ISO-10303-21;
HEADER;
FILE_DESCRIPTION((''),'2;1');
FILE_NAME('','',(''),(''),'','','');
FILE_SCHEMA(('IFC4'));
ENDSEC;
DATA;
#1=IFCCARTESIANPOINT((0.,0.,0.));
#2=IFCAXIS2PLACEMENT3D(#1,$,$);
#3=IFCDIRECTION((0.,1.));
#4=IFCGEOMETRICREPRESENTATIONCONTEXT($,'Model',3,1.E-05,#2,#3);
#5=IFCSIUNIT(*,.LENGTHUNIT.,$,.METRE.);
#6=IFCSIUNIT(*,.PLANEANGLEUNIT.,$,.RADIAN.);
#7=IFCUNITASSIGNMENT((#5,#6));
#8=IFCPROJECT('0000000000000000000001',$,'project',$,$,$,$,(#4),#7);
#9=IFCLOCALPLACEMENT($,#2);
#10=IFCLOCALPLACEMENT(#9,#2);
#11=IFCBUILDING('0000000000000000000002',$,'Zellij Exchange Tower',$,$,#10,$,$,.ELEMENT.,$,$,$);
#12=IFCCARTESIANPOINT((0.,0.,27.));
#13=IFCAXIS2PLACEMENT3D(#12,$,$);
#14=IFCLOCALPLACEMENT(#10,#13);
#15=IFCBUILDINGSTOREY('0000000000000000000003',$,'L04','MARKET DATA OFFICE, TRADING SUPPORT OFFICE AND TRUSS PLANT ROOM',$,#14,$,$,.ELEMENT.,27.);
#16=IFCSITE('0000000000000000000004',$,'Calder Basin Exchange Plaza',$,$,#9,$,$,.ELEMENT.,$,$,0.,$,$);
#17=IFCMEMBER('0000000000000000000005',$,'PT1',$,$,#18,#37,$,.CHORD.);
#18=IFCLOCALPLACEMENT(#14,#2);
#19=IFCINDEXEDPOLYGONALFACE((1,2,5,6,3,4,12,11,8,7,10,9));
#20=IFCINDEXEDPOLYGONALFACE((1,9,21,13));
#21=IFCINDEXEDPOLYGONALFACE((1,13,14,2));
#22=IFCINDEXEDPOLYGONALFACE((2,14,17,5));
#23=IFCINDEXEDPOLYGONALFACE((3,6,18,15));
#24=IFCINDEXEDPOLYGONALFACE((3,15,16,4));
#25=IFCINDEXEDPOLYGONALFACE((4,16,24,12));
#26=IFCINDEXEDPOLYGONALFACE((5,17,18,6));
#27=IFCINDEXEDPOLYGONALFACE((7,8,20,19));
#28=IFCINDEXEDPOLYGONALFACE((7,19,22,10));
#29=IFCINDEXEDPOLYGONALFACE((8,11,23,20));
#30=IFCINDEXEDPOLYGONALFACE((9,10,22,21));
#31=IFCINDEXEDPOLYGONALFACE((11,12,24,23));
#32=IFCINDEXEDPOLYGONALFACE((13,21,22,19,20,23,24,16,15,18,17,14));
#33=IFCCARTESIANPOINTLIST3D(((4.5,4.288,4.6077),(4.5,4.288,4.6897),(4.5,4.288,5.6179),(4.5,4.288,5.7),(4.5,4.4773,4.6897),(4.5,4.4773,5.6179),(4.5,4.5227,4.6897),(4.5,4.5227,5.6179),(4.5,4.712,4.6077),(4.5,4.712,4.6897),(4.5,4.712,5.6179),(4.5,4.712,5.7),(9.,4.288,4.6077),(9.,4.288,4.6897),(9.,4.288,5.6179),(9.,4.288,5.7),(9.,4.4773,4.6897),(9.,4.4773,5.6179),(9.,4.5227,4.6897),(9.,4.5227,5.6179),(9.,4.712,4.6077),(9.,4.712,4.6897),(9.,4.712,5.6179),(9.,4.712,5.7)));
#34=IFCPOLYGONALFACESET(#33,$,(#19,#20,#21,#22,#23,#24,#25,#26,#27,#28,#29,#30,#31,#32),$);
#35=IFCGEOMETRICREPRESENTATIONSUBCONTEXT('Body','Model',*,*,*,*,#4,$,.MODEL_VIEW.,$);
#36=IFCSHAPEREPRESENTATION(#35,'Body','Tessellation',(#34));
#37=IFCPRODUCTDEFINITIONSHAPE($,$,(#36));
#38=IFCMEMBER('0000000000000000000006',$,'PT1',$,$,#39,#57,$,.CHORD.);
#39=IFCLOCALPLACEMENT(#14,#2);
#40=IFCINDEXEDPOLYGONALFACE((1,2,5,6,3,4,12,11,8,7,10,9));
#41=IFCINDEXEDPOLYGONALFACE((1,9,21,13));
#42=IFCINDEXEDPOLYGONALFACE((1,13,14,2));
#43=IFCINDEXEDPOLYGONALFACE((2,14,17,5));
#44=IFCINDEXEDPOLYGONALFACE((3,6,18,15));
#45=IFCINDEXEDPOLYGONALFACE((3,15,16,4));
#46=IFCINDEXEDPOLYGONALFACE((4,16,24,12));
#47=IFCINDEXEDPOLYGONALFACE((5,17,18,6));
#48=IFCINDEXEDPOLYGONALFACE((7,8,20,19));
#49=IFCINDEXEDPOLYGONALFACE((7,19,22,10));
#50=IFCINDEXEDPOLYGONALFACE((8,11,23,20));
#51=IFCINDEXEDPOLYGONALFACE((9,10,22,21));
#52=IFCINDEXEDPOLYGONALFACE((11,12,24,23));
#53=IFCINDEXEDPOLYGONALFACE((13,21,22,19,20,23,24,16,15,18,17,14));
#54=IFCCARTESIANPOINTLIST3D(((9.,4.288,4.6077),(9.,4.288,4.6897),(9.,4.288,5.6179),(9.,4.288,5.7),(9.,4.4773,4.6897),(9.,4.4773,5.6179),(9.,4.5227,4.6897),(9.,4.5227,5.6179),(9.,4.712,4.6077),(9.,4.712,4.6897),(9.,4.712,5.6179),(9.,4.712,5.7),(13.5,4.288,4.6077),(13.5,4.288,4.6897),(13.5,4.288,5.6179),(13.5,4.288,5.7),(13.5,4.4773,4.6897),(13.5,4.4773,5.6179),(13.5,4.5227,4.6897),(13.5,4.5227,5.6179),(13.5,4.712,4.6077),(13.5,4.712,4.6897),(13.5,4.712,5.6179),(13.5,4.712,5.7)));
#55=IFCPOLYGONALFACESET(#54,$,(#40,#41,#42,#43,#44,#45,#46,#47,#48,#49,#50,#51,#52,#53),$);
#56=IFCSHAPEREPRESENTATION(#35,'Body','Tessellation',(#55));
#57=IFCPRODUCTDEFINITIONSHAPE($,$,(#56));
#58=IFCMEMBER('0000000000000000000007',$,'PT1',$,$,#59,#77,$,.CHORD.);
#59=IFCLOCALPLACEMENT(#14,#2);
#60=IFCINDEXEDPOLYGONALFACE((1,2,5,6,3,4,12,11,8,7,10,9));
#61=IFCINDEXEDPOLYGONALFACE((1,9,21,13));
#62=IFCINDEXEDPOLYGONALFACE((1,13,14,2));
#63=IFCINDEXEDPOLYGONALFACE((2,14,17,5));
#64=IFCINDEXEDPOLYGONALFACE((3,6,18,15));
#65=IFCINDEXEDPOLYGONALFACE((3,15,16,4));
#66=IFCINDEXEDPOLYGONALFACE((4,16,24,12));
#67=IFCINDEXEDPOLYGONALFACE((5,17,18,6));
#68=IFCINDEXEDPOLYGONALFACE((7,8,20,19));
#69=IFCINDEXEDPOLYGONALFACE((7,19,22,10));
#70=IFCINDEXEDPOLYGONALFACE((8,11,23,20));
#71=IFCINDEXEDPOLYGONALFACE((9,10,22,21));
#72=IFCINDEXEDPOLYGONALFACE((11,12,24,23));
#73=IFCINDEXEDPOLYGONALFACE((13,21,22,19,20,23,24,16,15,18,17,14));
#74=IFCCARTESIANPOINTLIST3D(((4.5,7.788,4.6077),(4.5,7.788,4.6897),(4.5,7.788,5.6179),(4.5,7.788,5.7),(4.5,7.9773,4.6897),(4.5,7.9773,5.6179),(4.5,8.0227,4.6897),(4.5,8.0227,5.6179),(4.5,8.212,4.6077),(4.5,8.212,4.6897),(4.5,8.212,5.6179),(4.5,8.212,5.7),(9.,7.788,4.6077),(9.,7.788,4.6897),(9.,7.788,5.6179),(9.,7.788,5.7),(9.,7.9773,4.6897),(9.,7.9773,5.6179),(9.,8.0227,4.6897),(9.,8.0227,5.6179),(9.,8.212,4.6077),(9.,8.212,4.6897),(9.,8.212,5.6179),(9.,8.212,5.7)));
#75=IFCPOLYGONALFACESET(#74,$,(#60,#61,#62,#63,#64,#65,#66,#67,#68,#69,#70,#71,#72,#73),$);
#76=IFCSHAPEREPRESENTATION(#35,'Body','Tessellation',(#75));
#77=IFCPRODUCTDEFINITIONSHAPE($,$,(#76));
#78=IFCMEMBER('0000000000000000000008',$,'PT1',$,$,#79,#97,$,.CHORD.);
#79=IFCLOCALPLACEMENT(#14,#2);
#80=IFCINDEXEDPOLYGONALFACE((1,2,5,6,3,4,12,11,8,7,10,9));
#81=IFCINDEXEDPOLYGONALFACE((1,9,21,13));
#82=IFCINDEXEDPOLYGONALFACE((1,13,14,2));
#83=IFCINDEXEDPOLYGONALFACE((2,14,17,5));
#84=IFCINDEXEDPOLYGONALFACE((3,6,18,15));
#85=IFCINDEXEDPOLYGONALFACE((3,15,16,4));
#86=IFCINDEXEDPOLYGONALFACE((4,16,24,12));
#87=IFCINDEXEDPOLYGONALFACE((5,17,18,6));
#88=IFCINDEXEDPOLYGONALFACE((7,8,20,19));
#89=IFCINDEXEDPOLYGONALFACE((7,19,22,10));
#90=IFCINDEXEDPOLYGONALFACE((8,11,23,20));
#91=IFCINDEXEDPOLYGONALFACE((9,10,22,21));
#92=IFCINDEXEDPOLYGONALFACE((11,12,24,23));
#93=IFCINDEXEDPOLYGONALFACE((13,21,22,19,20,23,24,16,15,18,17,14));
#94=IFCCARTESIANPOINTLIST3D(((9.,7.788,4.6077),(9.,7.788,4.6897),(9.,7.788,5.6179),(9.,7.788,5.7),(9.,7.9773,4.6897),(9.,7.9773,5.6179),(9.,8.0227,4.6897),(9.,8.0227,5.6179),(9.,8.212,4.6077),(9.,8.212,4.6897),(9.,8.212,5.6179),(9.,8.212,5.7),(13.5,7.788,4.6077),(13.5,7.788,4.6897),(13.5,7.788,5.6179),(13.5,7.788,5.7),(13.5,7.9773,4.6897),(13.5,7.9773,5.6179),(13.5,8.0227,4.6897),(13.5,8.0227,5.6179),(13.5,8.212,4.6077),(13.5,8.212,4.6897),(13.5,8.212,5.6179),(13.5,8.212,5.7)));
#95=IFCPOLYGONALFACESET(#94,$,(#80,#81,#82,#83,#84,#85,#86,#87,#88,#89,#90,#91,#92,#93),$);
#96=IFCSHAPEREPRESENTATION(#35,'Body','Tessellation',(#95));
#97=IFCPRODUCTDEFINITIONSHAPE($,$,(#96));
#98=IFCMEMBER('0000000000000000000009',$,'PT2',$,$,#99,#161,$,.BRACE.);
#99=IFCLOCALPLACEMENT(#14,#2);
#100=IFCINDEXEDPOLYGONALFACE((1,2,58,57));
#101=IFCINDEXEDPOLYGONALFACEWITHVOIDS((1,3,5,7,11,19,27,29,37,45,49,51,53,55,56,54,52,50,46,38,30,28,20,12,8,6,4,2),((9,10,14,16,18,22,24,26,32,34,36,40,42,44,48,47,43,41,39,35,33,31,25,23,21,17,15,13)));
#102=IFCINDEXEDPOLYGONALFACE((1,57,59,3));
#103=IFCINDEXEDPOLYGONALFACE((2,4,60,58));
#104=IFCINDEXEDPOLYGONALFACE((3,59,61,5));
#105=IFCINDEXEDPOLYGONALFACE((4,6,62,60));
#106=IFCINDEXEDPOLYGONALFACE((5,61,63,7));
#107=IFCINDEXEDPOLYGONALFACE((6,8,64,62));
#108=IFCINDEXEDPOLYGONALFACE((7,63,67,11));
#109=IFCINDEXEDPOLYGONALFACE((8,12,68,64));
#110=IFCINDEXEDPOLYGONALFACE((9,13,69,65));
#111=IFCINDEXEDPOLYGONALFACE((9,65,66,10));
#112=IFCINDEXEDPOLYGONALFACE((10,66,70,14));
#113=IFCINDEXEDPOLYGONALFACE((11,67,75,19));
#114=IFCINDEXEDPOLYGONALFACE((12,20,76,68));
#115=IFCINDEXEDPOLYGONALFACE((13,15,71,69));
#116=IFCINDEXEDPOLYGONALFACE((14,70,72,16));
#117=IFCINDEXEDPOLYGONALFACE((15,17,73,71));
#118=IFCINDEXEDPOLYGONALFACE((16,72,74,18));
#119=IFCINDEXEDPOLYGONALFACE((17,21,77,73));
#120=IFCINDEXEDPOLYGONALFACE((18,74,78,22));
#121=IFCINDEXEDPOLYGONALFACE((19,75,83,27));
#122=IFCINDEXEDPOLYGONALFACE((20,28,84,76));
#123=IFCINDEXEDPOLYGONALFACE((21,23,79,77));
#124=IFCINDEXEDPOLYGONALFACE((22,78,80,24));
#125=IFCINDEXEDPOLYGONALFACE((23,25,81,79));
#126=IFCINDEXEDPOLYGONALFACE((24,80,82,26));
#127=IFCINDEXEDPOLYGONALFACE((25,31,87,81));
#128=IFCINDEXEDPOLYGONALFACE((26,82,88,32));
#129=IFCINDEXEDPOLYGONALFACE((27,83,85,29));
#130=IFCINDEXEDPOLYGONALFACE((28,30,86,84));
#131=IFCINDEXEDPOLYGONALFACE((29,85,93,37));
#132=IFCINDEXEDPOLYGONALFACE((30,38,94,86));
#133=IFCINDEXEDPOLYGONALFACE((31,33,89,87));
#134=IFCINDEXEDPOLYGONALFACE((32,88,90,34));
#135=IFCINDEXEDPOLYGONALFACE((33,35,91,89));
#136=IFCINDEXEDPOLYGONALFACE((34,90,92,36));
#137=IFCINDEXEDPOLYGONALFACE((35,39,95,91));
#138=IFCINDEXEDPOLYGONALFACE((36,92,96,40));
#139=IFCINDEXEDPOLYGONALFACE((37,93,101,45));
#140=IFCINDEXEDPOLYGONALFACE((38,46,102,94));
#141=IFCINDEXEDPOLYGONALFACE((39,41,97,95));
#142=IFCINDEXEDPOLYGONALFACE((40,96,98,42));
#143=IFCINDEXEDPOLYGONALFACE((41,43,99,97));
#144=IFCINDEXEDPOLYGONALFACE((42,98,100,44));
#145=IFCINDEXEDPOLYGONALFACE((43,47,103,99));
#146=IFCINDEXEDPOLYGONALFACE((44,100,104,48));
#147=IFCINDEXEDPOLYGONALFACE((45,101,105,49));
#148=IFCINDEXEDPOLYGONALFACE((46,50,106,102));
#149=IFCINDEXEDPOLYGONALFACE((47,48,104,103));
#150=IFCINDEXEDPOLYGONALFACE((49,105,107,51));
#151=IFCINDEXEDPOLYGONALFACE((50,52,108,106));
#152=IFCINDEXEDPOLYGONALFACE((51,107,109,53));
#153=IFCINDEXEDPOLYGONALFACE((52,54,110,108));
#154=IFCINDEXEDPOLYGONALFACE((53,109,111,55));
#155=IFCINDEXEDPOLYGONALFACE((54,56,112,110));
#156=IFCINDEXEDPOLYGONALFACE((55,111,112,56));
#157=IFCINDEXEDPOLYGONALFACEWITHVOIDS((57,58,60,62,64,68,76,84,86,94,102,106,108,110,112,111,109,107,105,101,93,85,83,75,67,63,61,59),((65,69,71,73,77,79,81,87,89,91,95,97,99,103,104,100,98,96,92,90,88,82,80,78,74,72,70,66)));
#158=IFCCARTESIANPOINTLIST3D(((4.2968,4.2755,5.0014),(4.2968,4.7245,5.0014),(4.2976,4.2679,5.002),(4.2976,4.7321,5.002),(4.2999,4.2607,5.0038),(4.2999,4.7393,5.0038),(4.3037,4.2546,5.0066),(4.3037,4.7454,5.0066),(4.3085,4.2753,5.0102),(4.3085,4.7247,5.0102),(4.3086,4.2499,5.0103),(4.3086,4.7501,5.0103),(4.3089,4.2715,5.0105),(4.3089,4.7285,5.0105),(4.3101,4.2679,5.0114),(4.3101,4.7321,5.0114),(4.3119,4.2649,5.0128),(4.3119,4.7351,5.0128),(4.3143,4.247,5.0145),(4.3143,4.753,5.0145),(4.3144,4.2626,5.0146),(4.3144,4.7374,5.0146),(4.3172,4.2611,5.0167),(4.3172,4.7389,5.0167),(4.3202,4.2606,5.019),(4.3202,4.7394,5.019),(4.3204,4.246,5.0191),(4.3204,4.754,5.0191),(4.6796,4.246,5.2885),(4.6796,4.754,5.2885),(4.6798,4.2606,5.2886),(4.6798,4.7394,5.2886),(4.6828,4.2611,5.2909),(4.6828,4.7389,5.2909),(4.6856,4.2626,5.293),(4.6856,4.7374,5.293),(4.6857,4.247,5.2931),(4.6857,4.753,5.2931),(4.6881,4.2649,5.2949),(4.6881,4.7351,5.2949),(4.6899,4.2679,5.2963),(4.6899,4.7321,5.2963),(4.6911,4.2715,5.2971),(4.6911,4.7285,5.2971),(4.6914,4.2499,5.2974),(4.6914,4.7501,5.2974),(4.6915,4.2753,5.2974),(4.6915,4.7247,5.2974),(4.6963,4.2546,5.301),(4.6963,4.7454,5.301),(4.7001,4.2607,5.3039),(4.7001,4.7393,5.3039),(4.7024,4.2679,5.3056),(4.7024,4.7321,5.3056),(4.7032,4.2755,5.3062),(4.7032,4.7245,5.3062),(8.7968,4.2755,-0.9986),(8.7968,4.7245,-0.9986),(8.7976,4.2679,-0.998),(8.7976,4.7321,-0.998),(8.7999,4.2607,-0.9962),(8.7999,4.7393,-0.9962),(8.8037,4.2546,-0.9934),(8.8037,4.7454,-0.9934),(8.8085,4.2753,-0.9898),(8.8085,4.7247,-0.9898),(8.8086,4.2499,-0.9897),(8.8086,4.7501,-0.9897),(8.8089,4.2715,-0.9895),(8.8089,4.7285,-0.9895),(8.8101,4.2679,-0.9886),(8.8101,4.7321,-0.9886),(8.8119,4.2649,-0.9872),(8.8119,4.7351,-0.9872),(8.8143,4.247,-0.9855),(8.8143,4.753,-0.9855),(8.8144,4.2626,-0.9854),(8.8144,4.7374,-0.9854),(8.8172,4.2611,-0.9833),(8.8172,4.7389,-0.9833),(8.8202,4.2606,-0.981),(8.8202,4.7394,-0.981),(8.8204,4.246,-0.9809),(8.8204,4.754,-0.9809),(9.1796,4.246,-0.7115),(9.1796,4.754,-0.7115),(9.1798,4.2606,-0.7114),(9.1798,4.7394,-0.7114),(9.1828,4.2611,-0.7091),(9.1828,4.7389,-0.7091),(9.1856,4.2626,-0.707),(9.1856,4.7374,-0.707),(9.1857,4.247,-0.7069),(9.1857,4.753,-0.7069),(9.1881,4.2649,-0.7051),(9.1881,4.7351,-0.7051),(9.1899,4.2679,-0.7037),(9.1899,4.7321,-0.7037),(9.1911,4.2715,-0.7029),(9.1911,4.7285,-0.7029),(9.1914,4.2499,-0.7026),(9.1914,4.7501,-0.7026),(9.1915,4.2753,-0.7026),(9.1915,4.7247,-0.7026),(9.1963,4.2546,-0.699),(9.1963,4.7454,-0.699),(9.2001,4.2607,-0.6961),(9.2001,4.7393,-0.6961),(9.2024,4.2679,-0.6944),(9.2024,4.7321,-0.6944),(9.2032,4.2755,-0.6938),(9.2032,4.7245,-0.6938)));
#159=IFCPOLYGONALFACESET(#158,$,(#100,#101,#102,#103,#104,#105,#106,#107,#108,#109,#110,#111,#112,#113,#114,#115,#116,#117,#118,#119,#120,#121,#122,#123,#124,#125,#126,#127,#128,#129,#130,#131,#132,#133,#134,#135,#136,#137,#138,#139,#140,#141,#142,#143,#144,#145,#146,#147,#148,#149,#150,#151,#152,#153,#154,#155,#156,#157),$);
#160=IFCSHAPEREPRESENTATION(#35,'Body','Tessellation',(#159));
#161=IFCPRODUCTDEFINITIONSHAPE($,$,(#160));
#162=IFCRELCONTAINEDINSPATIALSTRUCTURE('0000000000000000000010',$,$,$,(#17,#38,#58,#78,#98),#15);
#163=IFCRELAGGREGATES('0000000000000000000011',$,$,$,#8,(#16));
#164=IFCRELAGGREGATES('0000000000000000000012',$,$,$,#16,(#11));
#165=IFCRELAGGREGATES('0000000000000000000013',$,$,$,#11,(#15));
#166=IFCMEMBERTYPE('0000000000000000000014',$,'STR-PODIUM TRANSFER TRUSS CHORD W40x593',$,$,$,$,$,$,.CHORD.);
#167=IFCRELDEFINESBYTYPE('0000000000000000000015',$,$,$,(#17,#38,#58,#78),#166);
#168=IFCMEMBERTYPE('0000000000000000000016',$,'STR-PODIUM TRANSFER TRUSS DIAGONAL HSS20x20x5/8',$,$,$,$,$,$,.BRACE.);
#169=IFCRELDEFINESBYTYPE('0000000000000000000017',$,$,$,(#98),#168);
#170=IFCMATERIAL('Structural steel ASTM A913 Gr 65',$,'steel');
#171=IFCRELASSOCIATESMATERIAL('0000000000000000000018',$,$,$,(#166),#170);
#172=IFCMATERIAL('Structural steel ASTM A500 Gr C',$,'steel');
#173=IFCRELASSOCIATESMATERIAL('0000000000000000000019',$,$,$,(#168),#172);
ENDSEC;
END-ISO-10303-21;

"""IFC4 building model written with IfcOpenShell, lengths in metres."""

from ifc_helpers import new_model, si_unit, direction, frame, origin, origin_2d, place, context, subcontext, project, spatial, hollow_rectangle, i_section, extrude, material, material_profile, profile_set, type_object, element, save


model = new_model("IFC4")

# Units and contexts
model_context = context("Model", 3, precision=1e-05, world=origin(), true_north=direction((0.0, 1.0)))
body_context = subcontext(model_context, "Body", "Model", "MODEL_VIEW")
ifc_project = project(units=[si_unit("LENGTHUNIT", "METRE"), si_unit("PLANEANGLEUNIT", "RADIAN")], contexts=[model_context])

# Site, building, storey
site_placement = place(None, origin())
site = spatial("IfcSite", under=ifc_project, at=site_placement, Name="Calder Basin Exchange Plaza", CompositionType="ELEMENT", RefElevation=0.0)
building_placement = place(site_placement, origin())
building = spatial("IfcBuilding", under=site, at=building_placement, Name="Zellij Exchange Tower", CompositionType="ELEMENT")
storey_placement = place(building_placement, frame((0.0, 0.0, 27.0)))
storey = spatial("IfcBuildingStorey", under=building, at=storey_placement, Name="L04", Description="MARKET DATA OFFICE, TRADING SUPPORT OFFICE AND TRUSS PLANT ROOM", CompositionType="ELEMENT", Elevation=27.0)

# Members
ifc_material_1 = material(Name="Structural steel ASTM A913 Gr 65", Category="steel")
ifc_material_profile_1 = material_profile(ifc_material_1, i_section(OverallWidth=0.4241, OverallDepth=1.0923, WebThickness=0.0454, FlangeThickness=0.082, at=origin_2d()), Name="W40x593")
ifc_profile_set_1 = profile_set([ifc_material_profile_1], Name="Structural steel ASTM A913 Gr 65")
member_type_1 = type_object("IfcMemberType", Name="STR-PODIUM TRANSFER TRUSS CHORD W40x593", PredefinedType="CHORD", material=ifc_profile_set_1)
for number, where, z_axis, x_axis, name in (
    (1, (4.5, 4.5, 5.1538), (1.0, 0.0, 0.0), (0.0, 1.0, 0.0), "PT1"),
    (2, (9.0, 4.5, 5.1538), (1.0, 0.0, 0.0), (0.0, 1.0, 0.0), "PT1"),
    (3, (4.5, 8.0, 5.1538), (1.0, 0.0, 0.0), (0.0, 1.0, 0.0), "PT1"),
    (4, (9.0, 8.0, 5.1538), (1.0, 0.0, 0.0), (0.0, 1.0, 0.0), "PT1"),
):
    element("IfcMember", number, at=place(storey_placement, frame(where, z_axis=z_axis, x_axis=x_axis)), inside=storey, type_object=member_type_1, Name=name, PredefinedType="CHORD", context=body_context, shape_type="SweptSolid", body=[
        extrude(i_section(OverallWidth=0.4241, OverallDepth=1.0923, WebThickness=0.0454, FlangeThickness=0.082, at=origin_2d()), origin(), (0.0, 0.0, 1.0), 4.5),
    ])
ifc_material_2 = material(Name="Structural steel ASTM A500 Gr C", Category="steel")
ifc_material_profile_2 = material_profile(ifc_material_2, hollow_rectangle(XDim=0.5081, YDim=0.5081, WallThickness=0.0146, InnerFilletRadius=0.0146, OuterFilletRadius=0.0295, at=origin_2d()), Name="STR-PODIUM TRANSFER TRUSS DIAGONAL HSS20x20x5/8")
ifc_profile_set_2 = profile_set([ifc_material_profile_2], Name="Structural steel ASTM A500 Gr C")
member_type_2 = type_object("IfcMemberType", Name="STR-PODIUM TRANSFER TRUSS DIAGONAL HSS20x20x5/8", PredefinedType="BRACE", material=ifc_profile_set_2)
for number, where, z_axis, x_axis, name in (
    (5, (4.5, 4.5, 5.1538), (0.6, 0.0, -0.8), (0.0, 1.0, 0.0), "PT2"),
):
    element("IfcMember", number, at=place(storey_placement, frame(where, z_axis=z_axis, x_axis=x_axis)), inside=storey, type_object=member_type_2, Name=name, PredefinedType="BRACE", context=body_context, shape_type="SweptSolid", body=[
        extrude(hollow_rectangle(XDim=0.5081, YDim=0.5081, WallThickness=0.0146, InnerFilletRadius=0.0146, OuterFilletRadius=0.0295, at=origin_2d()), origin(), (0.0, 0.0, 1.0), 7.5),
    ])

save(model, "model.ifc")
